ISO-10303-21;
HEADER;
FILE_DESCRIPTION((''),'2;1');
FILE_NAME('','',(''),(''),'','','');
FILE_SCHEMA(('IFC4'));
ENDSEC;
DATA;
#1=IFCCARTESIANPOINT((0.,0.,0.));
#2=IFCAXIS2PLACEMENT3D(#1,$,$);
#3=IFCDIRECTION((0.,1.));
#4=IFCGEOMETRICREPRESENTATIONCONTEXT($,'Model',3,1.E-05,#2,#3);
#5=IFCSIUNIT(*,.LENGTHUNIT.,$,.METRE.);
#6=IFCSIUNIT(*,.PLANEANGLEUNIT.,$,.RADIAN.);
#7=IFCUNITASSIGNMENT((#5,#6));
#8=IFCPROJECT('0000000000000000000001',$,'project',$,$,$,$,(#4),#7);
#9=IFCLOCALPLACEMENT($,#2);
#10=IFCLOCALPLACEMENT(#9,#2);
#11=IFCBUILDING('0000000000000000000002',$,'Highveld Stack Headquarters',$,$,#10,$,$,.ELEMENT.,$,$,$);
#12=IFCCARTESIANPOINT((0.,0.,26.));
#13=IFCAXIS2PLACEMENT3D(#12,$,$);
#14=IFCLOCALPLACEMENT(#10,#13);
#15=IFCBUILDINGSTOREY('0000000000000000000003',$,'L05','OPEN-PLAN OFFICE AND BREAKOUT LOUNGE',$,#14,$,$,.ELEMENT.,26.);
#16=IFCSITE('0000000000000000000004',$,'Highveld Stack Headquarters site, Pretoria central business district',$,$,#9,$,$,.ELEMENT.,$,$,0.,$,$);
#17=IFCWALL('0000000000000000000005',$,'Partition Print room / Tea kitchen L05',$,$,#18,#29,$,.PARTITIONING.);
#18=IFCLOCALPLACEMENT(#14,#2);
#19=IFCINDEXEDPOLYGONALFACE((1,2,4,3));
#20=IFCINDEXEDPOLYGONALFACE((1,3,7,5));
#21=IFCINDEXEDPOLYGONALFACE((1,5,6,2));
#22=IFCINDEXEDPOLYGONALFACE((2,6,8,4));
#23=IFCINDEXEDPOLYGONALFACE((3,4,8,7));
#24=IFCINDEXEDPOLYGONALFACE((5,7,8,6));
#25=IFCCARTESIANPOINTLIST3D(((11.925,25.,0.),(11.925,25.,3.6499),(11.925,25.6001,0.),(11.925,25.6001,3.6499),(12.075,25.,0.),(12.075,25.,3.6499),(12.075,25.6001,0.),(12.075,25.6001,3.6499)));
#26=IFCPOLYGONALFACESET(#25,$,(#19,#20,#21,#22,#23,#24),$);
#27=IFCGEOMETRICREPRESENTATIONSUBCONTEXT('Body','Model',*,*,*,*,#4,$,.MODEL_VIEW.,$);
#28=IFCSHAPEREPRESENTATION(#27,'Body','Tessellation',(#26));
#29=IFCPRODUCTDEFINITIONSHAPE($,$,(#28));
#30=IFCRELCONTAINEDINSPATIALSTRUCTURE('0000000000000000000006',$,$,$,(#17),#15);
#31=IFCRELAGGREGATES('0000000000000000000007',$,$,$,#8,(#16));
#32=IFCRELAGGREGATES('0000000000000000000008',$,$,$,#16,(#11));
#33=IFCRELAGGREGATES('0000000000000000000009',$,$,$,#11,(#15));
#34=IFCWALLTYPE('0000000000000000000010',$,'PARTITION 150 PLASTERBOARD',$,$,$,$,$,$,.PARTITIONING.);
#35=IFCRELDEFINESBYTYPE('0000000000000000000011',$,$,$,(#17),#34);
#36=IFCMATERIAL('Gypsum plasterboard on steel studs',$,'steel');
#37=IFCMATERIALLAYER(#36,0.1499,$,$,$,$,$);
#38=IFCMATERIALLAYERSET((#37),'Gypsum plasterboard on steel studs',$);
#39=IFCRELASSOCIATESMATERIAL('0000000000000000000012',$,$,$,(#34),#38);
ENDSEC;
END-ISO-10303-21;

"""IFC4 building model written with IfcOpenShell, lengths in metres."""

from ifc_helpers import new_model, si_unit, direction, frame, frame_2d, origin, place, context, subcontext, project, spatial, rectangle, extrude, material, layer, layer_set, type_object, element, save


model = new_model("IFC4")

# Units and contexts
model_context = context("Model", 3, precision=1e-05, world=origin(), true_north=direction((0.0, 1.0)))
body_context = subcontext(model_context, "Body", "Model", "MODEL_VIEW")
ifc_project = project(units=[si_unit("LENGTHUNIT", "METRE"), si_unit("PLANEANGLEUNIT", "RADIAN")], contexts=[model_context])

# Site, building, storey
site_placement = place(None, origin())
site = spatial("IfcSite", under=ifc_project, at=site_placement, Name="Highveld Stack Headquarters site, Pretoria central business district", CompositionType="ELEMENT", RefElevation=0.0)
building_placement = place(site_placement, origin())
building = spatial("IfcBuilding", under=site, at=building_placement, Name="Highveld Stack Headquarters", CompositionType="ELEMENT")
storey_placement = place(building_placement, frame((0.0, 0.0, 26.0)))
storey = spatial("IfcBuildingStorey", under=building, at=storey_placement, Name="L05", Description="OPEN-PLAN OFFICE AND BREAKOUT LOUNGE", CompositionType="ELEMENT", Elevation=26.0)

# Shared definitions
ifc_material_1 = material(Name="Gypsum plasterboard on steel studs", Category="steel")
ifc_layer_1 = layer(ifc_material_1, 0.1499)
ifc_layer_set_1 = layer_set([ifc_layer_1], Name="Gypsum plasterboard on steel studs")
wall_type = type_object("IfcWallType", Name="PARTITION 150 PLASTERBOARD", PredefinedType="PARTITIONING", material=ifc_layer_set_1)

# Wall
wall_1_placement = place(storey_placement, frame((12.0, 25.0, 0.0), z_axis=(0.0, 0.0, 1.0), x_axis=(0.0, 1.0, 0.0)))
element("IfcWall", 1, at=wall_1_placement, inside=storey, type_object=wall_type, Name="Partition Print room / Tea kitchen L05", PredefinedType="PARTITIONING", context=body_context, shape_type="SweptSolid", body=[
    extrude(rectangle(XDim=0.6001, YDim=0.1499, at=frame_2d((0.3, 0.0))), origin(), (0.0, 0.0, 1.0), 3.6499),
])

save(model, "model.ifc")
